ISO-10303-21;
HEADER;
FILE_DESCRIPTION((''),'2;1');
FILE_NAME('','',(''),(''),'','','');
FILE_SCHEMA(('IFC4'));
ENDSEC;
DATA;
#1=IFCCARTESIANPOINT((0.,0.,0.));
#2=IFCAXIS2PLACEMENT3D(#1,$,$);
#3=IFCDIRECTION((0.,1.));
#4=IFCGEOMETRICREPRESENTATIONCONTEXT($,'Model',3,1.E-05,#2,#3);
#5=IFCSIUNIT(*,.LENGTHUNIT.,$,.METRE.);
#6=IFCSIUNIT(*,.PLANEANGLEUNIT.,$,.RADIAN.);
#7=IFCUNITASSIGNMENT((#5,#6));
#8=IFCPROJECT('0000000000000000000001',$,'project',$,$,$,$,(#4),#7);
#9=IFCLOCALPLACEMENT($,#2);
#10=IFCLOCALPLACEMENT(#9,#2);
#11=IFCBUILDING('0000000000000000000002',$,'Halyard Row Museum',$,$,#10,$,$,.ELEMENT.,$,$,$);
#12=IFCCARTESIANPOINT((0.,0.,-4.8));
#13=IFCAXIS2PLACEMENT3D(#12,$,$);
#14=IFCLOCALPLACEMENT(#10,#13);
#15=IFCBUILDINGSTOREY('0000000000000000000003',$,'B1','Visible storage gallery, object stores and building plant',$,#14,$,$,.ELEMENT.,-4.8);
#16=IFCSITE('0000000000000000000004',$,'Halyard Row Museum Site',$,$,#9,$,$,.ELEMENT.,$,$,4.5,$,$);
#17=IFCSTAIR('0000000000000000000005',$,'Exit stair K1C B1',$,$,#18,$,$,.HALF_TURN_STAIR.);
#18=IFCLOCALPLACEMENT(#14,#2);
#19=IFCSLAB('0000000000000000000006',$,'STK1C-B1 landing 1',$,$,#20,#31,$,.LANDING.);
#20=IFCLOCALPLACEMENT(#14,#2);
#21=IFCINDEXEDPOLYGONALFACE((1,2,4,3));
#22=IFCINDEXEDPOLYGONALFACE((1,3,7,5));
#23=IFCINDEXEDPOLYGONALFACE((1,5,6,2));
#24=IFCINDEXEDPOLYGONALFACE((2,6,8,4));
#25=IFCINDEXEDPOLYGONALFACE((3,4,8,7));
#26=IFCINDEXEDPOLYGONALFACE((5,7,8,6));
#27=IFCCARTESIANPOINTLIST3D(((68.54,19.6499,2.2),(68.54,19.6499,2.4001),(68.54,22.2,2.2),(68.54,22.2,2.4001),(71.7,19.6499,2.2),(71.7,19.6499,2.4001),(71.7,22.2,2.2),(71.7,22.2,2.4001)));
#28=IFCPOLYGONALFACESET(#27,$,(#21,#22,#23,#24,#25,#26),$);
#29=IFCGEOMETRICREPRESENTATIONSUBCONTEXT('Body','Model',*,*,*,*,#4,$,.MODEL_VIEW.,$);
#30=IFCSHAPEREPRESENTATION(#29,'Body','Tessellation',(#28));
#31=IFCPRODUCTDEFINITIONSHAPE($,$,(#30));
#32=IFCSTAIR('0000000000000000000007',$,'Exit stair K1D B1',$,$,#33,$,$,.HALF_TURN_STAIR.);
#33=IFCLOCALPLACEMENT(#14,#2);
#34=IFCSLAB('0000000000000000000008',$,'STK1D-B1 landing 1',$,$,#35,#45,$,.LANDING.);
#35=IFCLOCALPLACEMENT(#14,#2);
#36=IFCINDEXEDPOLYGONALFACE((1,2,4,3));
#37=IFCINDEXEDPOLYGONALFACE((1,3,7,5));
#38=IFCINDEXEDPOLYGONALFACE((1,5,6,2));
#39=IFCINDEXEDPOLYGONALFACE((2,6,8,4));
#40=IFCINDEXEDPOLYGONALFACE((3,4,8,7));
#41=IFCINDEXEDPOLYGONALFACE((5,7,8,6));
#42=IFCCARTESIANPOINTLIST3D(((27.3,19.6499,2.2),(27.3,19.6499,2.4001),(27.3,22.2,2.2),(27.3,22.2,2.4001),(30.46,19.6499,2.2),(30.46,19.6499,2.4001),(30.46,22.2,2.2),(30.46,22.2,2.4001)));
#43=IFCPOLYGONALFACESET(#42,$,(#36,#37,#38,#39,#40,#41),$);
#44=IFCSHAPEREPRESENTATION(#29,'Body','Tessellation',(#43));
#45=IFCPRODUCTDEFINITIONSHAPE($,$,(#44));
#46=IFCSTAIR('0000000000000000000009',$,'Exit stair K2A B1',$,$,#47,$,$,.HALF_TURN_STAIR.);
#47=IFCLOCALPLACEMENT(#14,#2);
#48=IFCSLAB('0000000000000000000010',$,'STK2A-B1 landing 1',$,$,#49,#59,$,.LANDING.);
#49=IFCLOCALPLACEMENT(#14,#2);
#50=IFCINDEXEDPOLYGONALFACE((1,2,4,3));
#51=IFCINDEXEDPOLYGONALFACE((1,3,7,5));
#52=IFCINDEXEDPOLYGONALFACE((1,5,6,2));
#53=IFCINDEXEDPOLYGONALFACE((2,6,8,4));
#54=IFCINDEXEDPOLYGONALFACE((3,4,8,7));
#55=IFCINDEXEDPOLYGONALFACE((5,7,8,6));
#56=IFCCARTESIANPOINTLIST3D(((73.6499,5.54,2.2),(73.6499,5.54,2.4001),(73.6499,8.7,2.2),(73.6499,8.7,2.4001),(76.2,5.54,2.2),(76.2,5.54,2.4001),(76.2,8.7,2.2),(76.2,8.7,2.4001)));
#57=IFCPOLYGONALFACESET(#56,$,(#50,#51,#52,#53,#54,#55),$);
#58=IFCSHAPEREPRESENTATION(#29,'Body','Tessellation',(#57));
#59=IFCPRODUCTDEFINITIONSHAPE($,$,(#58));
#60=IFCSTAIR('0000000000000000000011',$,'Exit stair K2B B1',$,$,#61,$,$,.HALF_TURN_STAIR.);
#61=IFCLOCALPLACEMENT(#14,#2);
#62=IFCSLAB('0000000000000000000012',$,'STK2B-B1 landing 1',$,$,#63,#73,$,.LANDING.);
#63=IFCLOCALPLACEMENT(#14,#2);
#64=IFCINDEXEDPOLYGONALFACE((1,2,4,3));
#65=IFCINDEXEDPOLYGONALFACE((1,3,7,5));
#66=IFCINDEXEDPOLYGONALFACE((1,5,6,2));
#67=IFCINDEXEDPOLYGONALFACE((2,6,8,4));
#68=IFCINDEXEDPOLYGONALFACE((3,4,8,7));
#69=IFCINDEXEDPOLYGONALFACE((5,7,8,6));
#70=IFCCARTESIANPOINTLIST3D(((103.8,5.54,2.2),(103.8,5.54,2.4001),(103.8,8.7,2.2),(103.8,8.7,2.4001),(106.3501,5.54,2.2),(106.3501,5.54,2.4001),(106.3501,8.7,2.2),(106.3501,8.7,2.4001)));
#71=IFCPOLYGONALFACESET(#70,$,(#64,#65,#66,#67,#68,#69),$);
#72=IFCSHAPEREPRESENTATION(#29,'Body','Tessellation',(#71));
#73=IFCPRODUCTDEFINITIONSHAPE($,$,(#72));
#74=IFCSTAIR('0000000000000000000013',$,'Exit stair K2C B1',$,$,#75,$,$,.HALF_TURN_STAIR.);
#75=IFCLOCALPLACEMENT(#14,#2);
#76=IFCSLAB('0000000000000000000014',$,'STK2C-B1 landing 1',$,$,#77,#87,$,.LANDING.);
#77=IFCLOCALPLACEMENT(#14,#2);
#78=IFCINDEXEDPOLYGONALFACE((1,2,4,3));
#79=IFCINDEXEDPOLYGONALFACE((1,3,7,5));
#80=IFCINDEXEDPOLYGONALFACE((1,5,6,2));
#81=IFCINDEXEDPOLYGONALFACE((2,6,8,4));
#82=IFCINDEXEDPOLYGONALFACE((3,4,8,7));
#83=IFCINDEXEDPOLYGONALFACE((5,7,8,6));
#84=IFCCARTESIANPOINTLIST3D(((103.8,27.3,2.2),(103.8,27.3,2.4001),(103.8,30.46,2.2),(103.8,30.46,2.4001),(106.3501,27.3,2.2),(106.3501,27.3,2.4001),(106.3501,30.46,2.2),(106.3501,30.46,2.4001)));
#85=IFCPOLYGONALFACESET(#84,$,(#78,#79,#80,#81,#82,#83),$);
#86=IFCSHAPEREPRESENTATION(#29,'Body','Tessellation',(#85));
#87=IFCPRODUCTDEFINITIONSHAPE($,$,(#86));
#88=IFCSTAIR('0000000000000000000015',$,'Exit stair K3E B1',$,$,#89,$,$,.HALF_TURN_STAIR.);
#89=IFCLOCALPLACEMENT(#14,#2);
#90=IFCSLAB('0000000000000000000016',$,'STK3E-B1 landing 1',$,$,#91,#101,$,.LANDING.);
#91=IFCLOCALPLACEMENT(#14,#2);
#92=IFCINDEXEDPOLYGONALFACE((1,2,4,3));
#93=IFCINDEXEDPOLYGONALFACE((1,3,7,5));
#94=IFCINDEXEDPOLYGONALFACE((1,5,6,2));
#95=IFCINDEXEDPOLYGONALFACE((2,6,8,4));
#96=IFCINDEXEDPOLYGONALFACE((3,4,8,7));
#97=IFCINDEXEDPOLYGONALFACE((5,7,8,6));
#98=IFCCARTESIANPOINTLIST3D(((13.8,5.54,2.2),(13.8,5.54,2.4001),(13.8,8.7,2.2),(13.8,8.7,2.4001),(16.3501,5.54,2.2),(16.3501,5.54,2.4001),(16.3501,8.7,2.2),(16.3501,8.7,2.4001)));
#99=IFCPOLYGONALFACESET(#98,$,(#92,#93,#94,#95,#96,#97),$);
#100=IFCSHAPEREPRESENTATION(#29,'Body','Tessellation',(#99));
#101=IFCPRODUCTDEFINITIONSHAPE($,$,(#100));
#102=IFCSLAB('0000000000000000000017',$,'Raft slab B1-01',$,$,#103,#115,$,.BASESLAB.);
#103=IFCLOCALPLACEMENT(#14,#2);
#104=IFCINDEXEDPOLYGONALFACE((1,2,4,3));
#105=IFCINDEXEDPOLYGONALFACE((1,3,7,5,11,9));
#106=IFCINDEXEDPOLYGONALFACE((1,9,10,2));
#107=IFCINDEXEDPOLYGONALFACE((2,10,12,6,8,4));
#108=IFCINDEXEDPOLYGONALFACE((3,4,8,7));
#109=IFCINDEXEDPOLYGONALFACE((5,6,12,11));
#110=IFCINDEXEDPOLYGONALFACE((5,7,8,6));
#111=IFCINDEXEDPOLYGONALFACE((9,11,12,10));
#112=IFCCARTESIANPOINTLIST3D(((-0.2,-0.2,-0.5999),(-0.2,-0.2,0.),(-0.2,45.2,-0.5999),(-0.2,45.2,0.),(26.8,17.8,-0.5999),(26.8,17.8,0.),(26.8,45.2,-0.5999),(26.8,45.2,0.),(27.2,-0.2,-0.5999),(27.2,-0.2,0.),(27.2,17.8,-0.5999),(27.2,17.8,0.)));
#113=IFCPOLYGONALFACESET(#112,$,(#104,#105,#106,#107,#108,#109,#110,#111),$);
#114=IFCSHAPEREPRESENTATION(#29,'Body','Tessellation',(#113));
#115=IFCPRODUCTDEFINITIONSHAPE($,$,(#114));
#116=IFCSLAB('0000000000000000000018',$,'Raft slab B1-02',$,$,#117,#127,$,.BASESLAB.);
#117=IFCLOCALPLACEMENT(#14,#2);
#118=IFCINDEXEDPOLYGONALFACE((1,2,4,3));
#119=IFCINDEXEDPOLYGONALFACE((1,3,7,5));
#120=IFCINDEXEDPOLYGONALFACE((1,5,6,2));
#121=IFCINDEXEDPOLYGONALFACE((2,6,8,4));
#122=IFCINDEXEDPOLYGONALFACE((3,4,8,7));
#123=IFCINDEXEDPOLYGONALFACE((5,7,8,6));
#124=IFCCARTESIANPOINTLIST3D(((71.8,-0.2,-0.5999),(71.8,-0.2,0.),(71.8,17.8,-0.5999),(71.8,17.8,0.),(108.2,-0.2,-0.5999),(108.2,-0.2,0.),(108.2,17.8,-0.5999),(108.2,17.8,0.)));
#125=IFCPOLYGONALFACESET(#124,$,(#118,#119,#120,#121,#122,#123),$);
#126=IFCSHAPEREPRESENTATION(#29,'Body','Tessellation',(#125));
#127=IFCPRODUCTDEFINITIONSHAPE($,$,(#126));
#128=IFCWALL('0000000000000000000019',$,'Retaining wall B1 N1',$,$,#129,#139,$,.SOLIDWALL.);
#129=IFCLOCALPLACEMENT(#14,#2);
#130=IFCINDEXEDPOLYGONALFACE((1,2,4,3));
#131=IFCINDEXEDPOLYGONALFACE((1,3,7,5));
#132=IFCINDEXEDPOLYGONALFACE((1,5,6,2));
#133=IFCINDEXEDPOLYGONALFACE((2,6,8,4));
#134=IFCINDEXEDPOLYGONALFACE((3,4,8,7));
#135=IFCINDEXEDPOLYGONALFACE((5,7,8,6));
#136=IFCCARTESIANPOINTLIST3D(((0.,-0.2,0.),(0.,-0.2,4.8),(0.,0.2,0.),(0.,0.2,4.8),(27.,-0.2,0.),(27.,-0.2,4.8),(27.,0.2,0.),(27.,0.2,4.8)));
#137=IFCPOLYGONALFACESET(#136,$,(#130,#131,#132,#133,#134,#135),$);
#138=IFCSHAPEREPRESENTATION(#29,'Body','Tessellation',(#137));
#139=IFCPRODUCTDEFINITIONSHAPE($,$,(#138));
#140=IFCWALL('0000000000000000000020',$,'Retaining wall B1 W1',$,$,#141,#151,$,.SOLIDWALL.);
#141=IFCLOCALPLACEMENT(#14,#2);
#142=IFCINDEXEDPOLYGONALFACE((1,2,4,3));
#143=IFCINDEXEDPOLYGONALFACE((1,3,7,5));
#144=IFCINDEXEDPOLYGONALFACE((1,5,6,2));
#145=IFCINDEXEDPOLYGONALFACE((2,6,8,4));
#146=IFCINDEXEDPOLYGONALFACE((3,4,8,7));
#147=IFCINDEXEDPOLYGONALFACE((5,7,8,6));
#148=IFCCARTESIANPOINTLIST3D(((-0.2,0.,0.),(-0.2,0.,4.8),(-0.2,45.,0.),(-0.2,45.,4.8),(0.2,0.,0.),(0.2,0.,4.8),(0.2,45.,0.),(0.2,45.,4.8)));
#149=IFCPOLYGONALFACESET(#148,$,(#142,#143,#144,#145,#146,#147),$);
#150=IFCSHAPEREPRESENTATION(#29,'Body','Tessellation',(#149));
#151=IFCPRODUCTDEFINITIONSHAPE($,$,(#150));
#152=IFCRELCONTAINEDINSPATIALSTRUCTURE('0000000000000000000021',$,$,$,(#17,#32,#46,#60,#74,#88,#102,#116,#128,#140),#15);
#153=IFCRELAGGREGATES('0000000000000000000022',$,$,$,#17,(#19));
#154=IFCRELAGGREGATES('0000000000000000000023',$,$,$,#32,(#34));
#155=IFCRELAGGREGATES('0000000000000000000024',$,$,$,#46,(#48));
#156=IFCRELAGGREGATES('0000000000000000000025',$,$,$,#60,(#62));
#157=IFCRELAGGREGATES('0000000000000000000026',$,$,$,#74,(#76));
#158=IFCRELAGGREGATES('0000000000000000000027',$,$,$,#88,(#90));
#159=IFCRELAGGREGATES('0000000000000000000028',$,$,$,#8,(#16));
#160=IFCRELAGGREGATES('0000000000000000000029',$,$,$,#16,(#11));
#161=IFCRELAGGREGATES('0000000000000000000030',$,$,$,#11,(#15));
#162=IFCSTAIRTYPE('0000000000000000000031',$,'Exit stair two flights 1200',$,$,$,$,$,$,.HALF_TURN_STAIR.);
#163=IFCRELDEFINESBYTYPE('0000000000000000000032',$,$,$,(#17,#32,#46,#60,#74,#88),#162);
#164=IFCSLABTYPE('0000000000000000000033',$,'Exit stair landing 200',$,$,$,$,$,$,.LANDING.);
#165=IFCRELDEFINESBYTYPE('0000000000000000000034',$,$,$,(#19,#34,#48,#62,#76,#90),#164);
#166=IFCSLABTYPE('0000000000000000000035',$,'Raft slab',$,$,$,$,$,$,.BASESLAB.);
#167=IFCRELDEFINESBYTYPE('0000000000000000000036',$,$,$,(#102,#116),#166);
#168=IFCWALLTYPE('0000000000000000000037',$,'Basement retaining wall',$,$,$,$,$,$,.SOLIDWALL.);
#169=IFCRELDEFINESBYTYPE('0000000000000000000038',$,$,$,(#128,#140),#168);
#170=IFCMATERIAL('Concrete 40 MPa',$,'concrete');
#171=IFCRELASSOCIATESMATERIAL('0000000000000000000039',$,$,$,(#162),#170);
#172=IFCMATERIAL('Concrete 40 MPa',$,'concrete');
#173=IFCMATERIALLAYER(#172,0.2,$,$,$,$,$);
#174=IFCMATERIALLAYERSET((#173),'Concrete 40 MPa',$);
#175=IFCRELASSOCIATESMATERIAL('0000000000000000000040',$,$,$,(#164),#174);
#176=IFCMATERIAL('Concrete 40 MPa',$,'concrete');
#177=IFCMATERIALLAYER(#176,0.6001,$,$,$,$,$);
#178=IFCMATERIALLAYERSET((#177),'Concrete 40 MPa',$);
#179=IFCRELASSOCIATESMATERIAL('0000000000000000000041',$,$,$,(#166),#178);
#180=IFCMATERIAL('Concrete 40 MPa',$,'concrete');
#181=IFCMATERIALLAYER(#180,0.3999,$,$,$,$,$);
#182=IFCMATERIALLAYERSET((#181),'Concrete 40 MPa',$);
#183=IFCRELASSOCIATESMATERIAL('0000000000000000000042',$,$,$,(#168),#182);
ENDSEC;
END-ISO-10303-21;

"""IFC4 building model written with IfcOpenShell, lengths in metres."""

from ifc_helpers import new_model, si_unit, direction, frame, frame_2d, origin, origin_with_axes, place, context, subcontext, project, spatial, polyline, rectangle, outline, extrude, material, layer, layer_set, type_object, element, aggregate, save


model = new_model("IFC4")

# Units and contexts
model_context = context("Model", 3, precision=1e-05, world=origin(), true_north=direction((0.0, 1.0)))
body_context = subcontext(model_context, "Body", "Model", "MODEL_VIEW")
ifc_project = project(units=[si_unit("LENGTHUNIT", "METRE"), si_unit("PLANEANGLEUNIT", "RADIAN")], contexts=[model_context])

# Site, building, storey
site_placement = place(None, origin())
site = spatial("IfcSite", under=ifc_project, at=site_placement, Name="Halyard Row Museum Site", CompositionType="ELEMENT", RefElevation=4.5)
building_placement = place(site_placement, origin())
building = spatial("IfcBuilding", under=site, at=building_placement, Name="Halyard Row Museum", CompositionType="ELEMENT")
storey_placement = place(building_placement, frame((0.0, 0.0, -4.8)))
storey = spatial("IfcBuildingStorey", under=building, at=storey_placement, Name="B1", Description="Visible storage gallery, object stores and building plant", CompositionType="ELEMENT", Elevation=-4.8)

# Stairs, slabs
ifc_material_1 = material(Name="Concrete 40 MPa", Category="concrete")
stair_type = type_object("IfcStairType", Name="Exit stair two flights 1200", PredefinedType="HALF_TURN_STAIR", material=ifc_material_1)
ifc_material_2 = material(Name="Concrete 40 MPa", Category="concrete")
ifc_layer_1 = layer(ifc_material_2, 0.2)
ifc_layer_set_1 = layer_set([ifc_layer_1], Name="Concrete 40 MPa")
slab_type_1 = type_object("IfcSlabType", Name="Exit stair landing 200", PredefinedType="LANDING", material=ifc_layer_set_1)
stair_1_placement = place(storey_placement, origin())
stair_1 = element("IfcStair", 1, at=stair_1_placement, inside=storey, type_object=stair_type, Name="Exit stair K1C B1", PredefinedType="HALF_TURN_STAIR")
slab_1_placement = place(storey_placement, frame((0.0, 0.0, 2.2)))
slab_1 = element("IfcSlab", 2, at=slab_1_placement, type_object=slab_type_1, Name="STK1C-B1 landing 1", PredefinedType="LANDING", context=body_context, shape_type="SweptSolid", body=[
    extrude(outline(polyline([(68.54, 19.6499), (68.54, 22.2), (71.7, 22.2), (71.7, 19.6499), (68.54, 19.6499)])), origin(), (0.0, 0.0, 1.0), 0.2002),
])
aggregate(stair_1, [slab_1])
stair_2_placement = place(storey_placement, origin())
stair_2 = element("IfcStair", 3, at=stair_2_placement, inside=storey, type_object=stair_type, Name="Exit stair K1D B1", PredefinedType="HALF_TURN_STAIR")
slab_2_placement = place(storey_placement, frame((0.0, 0.0, 2.2)))
slab_2 = element("IfcSlab", 4, at=slab_2_placement, type_object=slab_type_1, Name="STK1D-B1 landing 1", PredefinedType="LANDING", context=body_context, shape_type="SweptSolid", body=[
    extrude(outline(polyline([(30.46, 19.6499), (30.46, 22.2), (27.3, 22.2), (27.3, 19.6499), (30.46, 19.6499)])), origin(), (0.0, 0.0, 1.0), 0.2002),
])
aggregate(stair_2, [slab_2])
stair_3_placement = place(storey_placement, origin())
stair_3 = element("IfcStair", 5, at=stair_3_placement, inside=storey, type_object=stair_type, Name="Exit stair K2A B1", PredefinedType="HALF_TURN_STAIR")
slab_3_placement = place(storey_placement, frame((0.0, 0.0, 2.2)))
slab_3 = element("IfcSlab", 6, at=slab_3_placement, type_object=slab_type_1, Name="STK2A-B1 landing 1", PredefinedType="LANDING", context=body_context, shape_type="SweptSolid", body=[
    extrude(outline(polyline([(73.6499, 5.54), (76.2, 5.54), (76.2, 8.7), (73.6499, 8.7), (73.6499, 5.54)])), origin(), (0.0, 0.0, 1.0), 0.2002),
])
aggregate(stair_3, [slab_3])
stair_4_placement = place(storey_placement, origin())
stair_4 = element("IfcStair", 7, at=stair_4_placement, inside=storey, type_object=stair_type, Name="Exit stair K2B B1", PredefinedType="HALF_TURN_STAIR")
slab_4_placement = place(storey_placement, frame((0.0, 0.0, 2.2)))
slab_4 = element("IfcSlab", 8, at=slab_4_placement, type_object=slab_type_1, Name="STK2B-B1 landing 1", PredefinedType="LANDING", context=body_context, shape_type="SweptSolid", body=[
    extrude(outline(polyline([(106.3501, 5.54), (103.8, 5.54), (103.8, 8.7), (106.3501, 8.7), (106.3501, 5.54)])), origin(), (0.0, 0.0, 1.0), 0.2002),
])
aggregate(stair_4, [slab_4])
stair_5_placement = place(storey_placement, origin())
stair_5 = element("IfcStair", 9, at=stair_5_placement, inside=storey, type_object=stair_type, Name="Exit stair K2C B1", PredefinedType="HALF_TURN_STAIR")
slab_5_placement = place(storey_placement, frame((0.0, 0.0, 2.2)))
slab_5 = element("IfcSlab", 10, at=slab_5_placement, type_object=slab_type_1, Name="STK2C-B1 landing 1", PredefinedType="LANDING", context=body_context, shape_type="SweptSolid", body=[
    extrude(outline(polyline([(106.3501, 30.46), (103.8, 30.46), (103.8, 27.3), (106.3501, 27.3), (106.3501, 30.46)])), origin(), (0.0, 0.0, 1.0), 0.2002),
])
aggregate(stair_5, [slab_5])
stair_6_placement = place(storey_placement, origin())
stair_6 = element("IfcStair", 11, at=stair_6_placement, inside=storey, type_object=stair_type, Name="Exit stair K3E B1", PredefinedType="HALF_TURN_STAIR")
slab_6_placement = place(storey_placement, frame((0.0, 0.0, 2.2)))
slab_6 = element("IfcSlab", 12, at=slab_6_placement, type_object=slab_type_1, Name="STK3E-B1 landing 1", PredefinedType="LANDING", context=body_context, shape_type="SweptSolid", body=[
    extrude(outline(polyline([(16.3501, 5.54), (13.8, 5.54), (13.8, 8.7), (16.3501, 8.7), (16.3501, 5.54)])), origin(), (0.0, 0.0, 1.0), 0.2002),
])
aggregate(stair_6, [slab_6])

# Slabs
ifc_material_3 = material(Name="Concrete 40 MPa", Category="concrete")
ifc_layer_2 = layer(ifc_material_3, 0.6001)
ifc_layer_set_2 = layer_set([ifc_layer_2], Name="Concrete 40 MPa")
slab_type_2 = type_object("IfcSlabType", Name="Raft slab", PredefinedType="BASESLAB", material=ifc_layer_set_2)
slab_7_placement = place(storey_placement, frame((0.0, 0.0, -0.5999)))
element("IfcSlab", 13, at=slab_7_placement, inside=storey, type_object=slab_type_2, Name="Raft slab B1-01", PredefinedType="BASESLAB", context=body_context, shape_type="SweptSolid", body=[
    extrude(outline(polyline([(-0.2, -0.2), (27.2, -0.2), (27.2, 17.8), (26.8, 17.8), (26.8, 45.2), (-0.2, 45.2), (-0.2, -0.2)])), origin(), (0.0, 0.0, 1.0), 0.5999),
])
slab_8_placement = place(storey_placement, frame((0.0, 0.0, -0.5999)))
element("IfcSlab", 14, at=slab_8_placement, inside=storey, type_object=slab_type_2, Name="Raft slab B1-02", PredefinedType="BASESLAB", context=body_context, shape_type="SweptSolid", body=[
    extrude(outline(polyline([(108.2, -0.2), (108.2, 17.8), (71.8, 17.8), (71.8, -0.2), (108.2, -0.2)])), origin(), (0.0, 0.0, 1.0), 0.5999),
])

# Walls
ifc_material_4 = material(Name="Concrete 40 MPa", Category="concrete")
ifc_layer_3 = layer(ifc_material_4, 0.3999)
ifc_layer_set_3 = layer_set([ifc_layer_3], Name="Concrete 40 MPa")
wall_type = type_object("IfcWallType", Name="Basement retaining wall", PredefinedType="SOLIDWALL", material=ifc_layer_set_3)
wall_1_placement = place(storey_placement, origin_with_axes())
element("IfcWall", 15, at=wall_1_placement, inside=storey, type_object=wall_type, Name="Retaining wall B1 N1", PredefinedType="SOLIDWALL", context=body_context, shape_type="SweptSolid", body=[
    extrude(rectangle(XDim=27.0, YDim=0.3999, at=frame_2d((13.5, 0.0))), origin(), (0.0, 0.0, 1.0), 4.8),
])
wall_2_placement = place(storey_placement, frame((0.0, 0.0, 0.0), z_axis=(0.0, 0.0, 1.0), x_axis=(0.0, 1.0, 0.0)))
element("IfcWall", 16, at=wall_2_placement, inside=storey, type_object=wall_type, Name="Retaining wall B1 W1", PredefinedType="SOLIDWALL", context=body_context, shape_type="SweptSolid", body=[
    extrude(rectangle(XDim=45.0, YDim=0.3999, at=frame_2d((22.5, 0.0))), origin(), (0.0, 0.0, 1.0), 4.8),
])

save(model, "model.ifc")
